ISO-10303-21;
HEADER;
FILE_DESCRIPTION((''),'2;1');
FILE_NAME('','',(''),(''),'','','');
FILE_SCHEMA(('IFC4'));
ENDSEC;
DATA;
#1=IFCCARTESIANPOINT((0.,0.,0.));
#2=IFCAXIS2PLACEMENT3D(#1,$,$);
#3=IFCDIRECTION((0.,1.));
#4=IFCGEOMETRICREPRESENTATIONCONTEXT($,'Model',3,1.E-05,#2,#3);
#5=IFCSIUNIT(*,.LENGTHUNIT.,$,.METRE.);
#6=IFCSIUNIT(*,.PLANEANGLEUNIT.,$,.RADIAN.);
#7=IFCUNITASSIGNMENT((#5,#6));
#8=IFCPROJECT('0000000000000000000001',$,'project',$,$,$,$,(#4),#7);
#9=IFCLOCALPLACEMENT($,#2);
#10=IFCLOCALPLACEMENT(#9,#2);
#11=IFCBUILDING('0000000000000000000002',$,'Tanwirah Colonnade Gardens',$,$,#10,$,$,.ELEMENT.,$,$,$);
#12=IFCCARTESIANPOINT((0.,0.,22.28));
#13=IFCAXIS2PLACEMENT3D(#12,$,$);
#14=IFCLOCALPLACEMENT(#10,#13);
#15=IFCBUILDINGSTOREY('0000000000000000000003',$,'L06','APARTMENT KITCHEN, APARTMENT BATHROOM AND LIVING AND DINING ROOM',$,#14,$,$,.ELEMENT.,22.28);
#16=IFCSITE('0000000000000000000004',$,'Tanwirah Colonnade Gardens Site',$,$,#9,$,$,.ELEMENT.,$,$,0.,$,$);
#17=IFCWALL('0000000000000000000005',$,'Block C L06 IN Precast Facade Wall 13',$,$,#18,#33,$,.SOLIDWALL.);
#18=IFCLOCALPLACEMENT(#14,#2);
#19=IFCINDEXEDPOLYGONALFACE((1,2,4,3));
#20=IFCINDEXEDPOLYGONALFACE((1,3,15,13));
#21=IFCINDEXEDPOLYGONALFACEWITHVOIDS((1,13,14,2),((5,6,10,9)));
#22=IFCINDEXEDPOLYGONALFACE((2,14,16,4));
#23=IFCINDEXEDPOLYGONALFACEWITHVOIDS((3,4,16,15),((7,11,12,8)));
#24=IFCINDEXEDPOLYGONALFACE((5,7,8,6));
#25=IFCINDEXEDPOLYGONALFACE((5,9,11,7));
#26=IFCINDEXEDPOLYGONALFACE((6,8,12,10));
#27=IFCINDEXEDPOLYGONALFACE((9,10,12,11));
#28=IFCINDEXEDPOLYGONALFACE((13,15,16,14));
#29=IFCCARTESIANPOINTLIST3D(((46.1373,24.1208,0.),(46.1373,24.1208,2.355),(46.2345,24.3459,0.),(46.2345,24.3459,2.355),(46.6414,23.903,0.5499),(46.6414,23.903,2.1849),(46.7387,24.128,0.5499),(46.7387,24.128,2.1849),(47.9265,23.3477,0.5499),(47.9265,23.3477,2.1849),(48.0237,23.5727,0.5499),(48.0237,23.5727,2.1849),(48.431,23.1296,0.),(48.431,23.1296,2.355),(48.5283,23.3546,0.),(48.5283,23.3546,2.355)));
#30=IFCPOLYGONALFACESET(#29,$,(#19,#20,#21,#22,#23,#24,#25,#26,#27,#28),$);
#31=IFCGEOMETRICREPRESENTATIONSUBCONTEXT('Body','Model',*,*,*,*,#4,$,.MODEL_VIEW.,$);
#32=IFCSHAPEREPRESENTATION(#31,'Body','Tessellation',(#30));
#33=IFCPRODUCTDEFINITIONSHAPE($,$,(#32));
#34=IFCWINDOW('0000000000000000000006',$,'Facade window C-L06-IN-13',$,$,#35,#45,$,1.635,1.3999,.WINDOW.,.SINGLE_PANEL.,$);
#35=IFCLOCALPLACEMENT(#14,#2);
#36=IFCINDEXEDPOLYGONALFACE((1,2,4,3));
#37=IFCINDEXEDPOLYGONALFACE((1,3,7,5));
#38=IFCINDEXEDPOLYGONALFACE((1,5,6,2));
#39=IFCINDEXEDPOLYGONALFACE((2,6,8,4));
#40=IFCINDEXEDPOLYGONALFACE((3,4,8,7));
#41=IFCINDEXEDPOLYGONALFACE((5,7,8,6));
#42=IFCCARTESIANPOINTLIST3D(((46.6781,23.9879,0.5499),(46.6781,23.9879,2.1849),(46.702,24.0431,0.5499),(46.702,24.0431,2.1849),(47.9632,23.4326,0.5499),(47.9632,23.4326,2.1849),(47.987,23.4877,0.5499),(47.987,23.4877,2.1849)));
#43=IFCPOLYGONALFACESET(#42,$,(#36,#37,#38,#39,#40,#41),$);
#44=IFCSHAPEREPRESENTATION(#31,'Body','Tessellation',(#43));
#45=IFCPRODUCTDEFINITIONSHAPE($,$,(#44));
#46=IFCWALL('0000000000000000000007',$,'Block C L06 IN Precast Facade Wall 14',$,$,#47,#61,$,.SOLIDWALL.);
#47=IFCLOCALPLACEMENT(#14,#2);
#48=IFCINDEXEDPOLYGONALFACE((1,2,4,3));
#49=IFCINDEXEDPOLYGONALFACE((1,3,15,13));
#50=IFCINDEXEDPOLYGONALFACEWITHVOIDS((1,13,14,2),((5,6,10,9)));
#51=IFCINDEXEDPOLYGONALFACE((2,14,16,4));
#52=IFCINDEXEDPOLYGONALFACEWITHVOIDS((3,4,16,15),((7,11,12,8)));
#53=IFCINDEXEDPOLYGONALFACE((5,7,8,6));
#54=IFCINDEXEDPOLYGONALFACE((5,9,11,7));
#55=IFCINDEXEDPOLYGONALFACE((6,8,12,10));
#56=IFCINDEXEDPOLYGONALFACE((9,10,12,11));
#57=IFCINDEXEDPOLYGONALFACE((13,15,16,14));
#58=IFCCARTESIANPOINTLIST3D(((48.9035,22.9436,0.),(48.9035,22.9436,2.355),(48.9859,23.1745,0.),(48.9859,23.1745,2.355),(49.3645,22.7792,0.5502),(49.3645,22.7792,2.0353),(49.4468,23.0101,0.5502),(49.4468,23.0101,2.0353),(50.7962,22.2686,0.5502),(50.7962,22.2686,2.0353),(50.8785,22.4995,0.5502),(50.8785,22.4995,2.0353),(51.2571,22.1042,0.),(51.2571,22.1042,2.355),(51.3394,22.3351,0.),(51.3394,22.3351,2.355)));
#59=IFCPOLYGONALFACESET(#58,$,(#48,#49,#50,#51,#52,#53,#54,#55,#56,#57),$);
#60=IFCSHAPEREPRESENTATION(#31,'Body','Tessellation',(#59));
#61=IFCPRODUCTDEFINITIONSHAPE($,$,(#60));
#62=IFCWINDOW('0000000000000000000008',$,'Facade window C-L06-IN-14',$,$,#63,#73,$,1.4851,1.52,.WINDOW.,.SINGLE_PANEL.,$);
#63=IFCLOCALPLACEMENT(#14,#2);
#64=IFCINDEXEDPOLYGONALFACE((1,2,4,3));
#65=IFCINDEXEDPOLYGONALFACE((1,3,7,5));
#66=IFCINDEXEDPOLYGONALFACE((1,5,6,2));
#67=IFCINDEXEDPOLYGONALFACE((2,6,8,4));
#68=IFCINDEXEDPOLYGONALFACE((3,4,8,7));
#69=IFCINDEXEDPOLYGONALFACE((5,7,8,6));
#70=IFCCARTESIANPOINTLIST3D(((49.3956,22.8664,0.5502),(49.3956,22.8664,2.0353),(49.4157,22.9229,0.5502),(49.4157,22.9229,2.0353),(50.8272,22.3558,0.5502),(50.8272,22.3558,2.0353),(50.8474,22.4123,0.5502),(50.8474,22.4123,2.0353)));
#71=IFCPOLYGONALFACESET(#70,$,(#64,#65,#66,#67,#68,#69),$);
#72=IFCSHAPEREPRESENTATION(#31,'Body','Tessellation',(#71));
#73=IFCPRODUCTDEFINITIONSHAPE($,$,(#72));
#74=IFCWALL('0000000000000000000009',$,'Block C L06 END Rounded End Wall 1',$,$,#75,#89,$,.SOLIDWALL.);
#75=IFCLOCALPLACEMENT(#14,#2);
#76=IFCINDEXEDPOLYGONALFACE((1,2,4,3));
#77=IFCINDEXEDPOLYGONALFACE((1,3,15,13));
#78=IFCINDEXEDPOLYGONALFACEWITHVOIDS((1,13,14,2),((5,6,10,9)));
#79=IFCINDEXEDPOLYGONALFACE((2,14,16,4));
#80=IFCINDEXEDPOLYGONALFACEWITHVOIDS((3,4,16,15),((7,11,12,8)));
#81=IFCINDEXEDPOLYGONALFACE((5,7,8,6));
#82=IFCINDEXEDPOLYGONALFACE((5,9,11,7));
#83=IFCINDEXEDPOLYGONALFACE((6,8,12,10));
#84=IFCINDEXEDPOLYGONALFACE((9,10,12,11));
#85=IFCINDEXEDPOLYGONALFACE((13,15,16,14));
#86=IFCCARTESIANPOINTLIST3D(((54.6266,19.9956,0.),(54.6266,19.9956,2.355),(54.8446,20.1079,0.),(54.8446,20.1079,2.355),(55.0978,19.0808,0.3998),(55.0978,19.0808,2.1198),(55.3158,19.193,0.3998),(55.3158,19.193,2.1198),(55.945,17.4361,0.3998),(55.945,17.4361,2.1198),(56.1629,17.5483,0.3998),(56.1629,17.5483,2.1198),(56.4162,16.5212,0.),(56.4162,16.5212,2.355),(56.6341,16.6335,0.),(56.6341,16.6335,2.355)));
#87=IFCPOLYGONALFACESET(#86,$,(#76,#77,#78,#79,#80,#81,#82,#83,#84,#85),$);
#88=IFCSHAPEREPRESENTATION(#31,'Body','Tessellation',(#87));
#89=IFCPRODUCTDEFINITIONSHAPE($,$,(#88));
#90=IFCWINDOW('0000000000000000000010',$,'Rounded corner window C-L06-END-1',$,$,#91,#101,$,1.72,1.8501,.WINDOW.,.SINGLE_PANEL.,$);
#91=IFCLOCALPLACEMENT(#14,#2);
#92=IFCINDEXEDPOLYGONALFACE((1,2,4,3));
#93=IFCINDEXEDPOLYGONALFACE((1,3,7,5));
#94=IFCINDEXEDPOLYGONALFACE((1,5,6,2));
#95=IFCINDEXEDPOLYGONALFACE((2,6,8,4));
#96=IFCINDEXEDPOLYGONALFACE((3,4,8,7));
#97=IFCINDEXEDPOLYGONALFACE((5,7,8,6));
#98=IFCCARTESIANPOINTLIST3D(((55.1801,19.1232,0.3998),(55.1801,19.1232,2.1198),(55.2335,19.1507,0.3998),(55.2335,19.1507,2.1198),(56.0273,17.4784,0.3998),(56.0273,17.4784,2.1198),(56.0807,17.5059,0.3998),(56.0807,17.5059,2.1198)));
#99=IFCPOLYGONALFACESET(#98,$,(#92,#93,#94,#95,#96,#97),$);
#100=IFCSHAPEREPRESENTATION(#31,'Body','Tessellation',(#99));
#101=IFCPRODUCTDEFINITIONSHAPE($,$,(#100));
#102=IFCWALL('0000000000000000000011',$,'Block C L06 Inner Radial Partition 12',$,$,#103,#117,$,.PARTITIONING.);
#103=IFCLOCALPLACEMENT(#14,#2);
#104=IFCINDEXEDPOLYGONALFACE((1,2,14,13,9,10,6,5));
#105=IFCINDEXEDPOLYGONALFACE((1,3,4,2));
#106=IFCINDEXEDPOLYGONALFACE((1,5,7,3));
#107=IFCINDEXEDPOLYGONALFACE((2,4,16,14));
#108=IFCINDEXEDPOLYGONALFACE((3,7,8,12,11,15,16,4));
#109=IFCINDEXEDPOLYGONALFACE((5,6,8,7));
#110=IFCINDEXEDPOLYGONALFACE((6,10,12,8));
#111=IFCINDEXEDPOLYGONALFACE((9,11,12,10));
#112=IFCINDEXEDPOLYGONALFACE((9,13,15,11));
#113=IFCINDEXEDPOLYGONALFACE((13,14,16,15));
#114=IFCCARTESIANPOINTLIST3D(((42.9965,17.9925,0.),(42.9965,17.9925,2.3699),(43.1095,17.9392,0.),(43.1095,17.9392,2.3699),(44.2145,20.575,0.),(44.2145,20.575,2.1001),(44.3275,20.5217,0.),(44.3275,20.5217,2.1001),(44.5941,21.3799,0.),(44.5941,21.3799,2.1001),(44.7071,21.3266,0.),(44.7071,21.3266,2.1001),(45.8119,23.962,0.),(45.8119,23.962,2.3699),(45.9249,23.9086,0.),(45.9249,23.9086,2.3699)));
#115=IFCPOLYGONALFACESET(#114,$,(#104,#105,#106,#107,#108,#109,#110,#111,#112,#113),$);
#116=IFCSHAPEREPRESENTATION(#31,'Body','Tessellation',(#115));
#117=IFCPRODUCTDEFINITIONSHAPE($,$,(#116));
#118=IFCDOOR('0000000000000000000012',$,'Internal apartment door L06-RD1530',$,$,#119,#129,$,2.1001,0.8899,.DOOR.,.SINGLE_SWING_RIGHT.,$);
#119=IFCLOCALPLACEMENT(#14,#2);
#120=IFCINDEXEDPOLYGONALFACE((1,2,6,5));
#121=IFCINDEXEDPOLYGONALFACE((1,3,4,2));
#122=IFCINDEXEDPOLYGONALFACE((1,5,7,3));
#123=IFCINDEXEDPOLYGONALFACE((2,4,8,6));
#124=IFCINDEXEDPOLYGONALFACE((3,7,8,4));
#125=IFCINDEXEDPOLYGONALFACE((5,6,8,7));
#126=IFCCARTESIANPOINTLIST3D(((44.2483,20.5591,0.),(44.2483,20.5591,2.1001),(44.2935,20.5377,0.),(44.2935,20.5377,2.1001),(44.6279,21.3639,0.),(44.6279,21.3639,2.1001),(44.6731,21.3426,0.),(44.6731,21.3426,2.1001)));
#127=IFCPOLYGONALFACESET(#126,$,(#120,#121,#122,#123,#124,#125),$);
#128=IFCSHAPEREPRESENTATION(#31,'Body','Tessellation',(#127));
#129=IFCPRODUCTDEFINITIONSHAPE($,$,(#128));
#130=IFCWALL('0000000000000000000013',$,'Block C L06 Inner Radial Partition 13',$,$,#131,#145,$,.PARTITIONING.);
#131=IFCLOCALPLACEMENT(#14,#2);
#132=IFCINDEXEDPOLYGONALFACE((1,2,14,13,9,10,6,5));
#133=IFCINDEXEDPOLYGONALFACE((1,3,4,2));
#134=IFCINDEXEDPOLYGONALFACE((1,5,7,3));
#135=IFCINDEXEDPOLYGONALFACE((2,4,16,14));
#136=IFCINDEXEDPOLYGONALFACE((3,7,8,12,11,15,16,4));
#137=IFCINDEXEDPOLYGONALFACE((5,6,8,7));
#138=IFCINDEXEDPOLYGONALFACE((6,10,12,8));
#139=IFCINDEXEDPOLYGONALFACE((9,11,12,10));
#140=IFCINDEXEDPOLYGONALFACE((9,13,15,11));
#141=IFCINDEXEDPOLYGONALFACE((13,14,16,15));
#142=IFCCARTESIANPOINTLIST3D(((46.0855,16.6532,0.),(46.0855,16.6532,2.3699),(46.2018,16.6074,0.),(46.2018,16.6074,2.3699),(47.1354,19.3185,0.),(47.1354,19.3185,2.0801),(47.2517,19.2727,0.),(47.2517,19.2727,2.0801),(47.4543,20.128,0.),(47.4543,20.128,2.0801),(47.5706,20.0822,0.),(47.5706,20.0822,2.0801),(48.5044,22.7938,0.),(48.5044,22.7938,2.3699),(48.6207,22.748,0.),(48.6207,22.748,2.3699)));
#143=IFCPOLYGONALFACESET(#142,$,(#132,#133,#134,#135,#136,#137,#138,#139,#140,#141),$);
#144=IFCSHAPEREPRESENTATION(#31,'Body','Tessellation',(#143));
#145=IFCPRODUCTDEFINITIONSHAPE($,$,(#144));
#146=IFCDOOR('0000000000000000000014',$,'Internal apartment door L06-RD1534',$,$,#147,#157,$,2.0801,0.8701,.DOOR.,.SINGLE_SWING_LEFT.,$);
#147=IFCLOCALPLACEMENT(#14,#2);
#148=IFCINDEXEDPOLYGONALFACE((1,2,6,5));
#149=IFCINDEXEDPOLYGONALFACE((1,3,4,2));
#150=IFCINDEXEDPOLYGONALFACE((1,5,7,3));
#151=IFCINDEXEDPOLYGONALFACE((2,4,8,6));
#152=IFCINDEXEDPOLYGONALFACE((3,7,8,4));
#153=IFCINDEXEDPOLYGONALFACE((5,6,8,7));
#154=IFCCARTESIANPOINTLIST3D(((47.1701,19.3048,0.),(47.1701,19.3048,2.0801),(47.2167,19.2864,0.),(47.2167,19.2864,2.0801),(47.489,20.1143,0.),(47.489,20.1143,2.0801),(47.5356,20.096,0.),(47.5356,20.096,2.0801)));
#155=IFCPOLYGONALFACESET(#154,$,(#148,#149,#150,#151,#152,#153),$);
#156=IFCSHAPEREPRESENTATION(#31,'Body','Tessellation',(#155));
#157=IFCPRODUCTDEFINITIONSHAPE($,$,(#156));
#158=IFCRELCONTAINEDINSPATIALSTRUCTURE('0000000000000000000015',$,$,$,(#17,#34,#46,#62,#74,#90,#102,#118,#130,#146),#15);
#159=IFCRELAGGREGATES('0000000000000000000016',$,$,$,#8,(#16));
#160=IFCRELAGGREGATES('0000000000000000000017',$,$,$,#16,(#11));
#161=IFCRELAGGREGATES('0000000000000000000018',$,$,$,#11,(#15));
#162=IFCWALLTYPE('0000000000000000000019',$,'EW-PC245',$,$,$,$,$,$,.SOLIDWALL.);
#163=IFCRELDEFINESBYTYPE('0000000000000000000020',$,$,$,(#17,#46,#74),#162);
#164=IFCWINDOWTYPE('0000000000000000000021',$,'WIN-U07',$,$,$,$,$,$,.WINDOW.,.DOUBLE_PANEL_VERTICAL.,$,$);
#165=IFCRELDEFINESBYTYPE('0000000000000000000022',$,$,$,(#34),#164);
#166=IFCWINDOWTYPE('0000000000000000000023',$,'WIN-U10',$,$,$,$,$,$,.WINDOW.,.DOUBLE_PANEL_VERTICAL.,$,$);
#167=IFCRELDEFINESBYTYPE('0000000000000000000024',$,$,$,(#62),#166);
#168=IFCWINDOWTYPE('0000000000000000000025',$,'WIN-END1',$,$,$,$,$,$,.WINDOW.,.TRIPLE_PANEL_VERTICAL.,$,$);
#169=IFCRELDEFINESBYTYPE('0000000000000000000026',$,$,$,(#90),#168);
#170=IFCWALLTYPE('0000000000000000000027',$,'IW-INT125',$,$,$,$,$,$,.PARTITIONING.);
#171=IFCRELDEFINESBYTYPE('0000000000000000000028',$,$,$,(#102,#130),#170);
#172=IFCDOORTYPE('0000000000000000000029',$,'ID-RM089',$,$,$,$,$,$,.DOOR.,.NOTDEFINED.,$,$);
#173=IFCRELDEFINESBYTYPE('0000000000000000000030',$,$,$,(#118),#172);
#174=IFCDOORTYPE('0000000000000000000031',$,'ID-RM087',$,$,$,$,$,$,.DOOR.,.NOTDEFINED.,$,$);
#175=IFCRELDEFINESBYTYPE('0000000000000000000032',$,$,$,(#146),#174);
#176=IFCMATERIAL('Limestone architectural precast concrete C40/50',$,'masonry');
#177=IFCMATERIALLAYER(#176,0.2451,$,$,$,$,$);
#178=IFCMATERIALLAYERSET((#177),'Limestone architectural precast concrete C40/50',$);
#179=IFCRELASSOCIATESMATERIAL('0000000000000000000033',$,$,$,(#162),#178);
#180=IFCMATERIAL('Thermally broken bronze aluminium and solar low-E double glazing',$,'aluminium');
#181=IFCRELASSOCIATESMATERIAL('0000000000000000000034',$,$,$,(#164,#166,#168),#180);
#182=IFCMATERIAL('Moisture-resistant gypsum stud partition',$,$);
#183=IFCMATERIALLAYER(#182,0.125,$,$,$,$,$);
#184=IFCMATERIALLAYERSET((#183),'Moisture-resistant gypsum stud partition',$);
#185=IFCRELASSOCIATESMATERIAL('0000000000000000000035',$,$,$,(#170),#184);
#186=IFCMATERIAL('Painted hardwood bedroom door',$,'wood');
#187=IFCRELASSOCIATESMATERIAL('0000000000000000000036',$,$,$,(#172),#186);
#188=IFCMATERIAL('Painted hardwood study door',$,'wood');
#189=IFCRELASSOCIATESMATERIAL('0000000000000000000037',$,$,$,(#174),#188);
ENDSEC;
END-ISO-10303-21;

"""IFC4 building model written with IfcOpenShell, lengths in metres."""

from ifc_helpers import new_model, si_unit, direction, frame, frame_2d, origin, place, context, subcontext, project, spatial, rectangle, extrude, material, layer, layer_set, type_object, element, fill, save


model = new_model("IFC4")

# Units and contexts
model_context = context("Model", 3, precision=1e-05, world=origin(), true_north=direction((0.0, 1.0)))
body_context = subcontext(model_context, "Body", "Model", "MODEL_VIEW")
ifc_project = project(units=[si_unit("LENGTHUNIT", "METRE"), si_unit("PLANEANGLEUNIT", "RADIAN")], contexts=[model_context])

# Site, building, storey
site_placement = place(None, origin())
site = spatial("IfcSite", under=ifc_project, at=site_placement, Name="Tanwirah Colonnade Gardens Site", CompositionType="ELEMENT", RefElevation=0.0)
building_placement = place(site_placement, origin())
building = spatial("IfcBuilding", under=site, at=building_placement, Name="Tanwirah Colonnade Gardens", CompositionType="ELEMENT")
storey_placement = place(building_placement, frame((0.0, 0.0, 22.28)))
storey = spatial("IfcBuildingStorey", under=building, at=storey_placement, Name="L06", Description="APARTMENT KITCHEN, APARTMENT BATHROOM AND LIVING AND DINING ROOM", CompositionType="ELEMENT", Elevation=22.28)

# Walls, openings, windows
ifc_material_1 = material(Name="Limestone architectural precast concrete C40/50", Category="masonry")
ifc_layer_1 = layer(ifc_material_1, 0.2451)
ifc_layer_set_1 = layer_set([ifc_layer_1], Name="Limestone architectural precast concrete C40/50")
wall_type_1 = type_object("IfcWallType", Name="EW-PC245", PredefinedType="SOLIDWALL", material=ifc_layer_set_1)
wall_1_placement = place(storey_placement, frame((46.1858, 24.2334, 0.0), z_axis=(0.0, 0.0, 1.0), x_axis=(0.917953, -0.396689, 0.0)))
wall_1 = element("IfcWall", 1, at=wall_1_placement, inside=storey, type_object=wall_type_1, Name="Block C L06 IN Precast Facade Wall 13", PredefinedType="SOLIDWALL", context=body_context, shape_type="SweptSolid", body=[
    extrude(rectangle(XDim=2.4988, YDim=0.2451, at=frame_2d((1.2495, 0.0))), origin(), (0.0, 0.0, 1.0), 2.355),
])
opening_1_placement = place(wall_1_placement, frame((0.5493, 0.0, 0.55)))
opening_1 = element("IfcOpeningElement", 2, at=opening_1_placement, cuts=wall_1, PredefinedType="OPENING", context=body_context, shape_type="SweptSolid", body=[
    extrude(rectangle(XDim=1.3999, YDim=1.635, at=frame_2d((0.7, 0.8174))), frame((0.0, 0.1326, 0.0), z_axis=(0.0, -1.0, 0.0), x_axis=(1.0, 0.0, 0.0)), (0.0, 0.0, 1.0), 0.2651),
])
ifc_material_2 = material(Name="Thermally broken bronze aluminium and solar low-E double glazing", Category="aluminium")
window_type_1 = type_object("IfcWindowType", Name="WIN-U07", PartitioningType="DOUBLE_PANEL_VERTICAL", PredefinedType="WINDOW", material=ifc_material_2)
window_1_placement = place(opening_1_placement, origin())
window_1 = element("IfcWindow", 3, at=window_1_placement, inside=storey, type_object=window_type_1, Name="Facade window C-L06-IN-13", OverallHeight=1.635, OverallWidth=1.3999, PartitioningType="SINGLE_PANEL", PredefinedType="WINDOW", context=body_context, shape_type="SweptSolid", body=[
    extrude(rectangle(XDim=1.3999, YDim=1.635, at=frame_2d((0.7, 0.8174))), frame((0.0, 0.03, 0.0), z_axis=(0.0, -1.0, 0.0), x_axis=(1.0, 0.0, 0.0)), (0.0, 0.0, 1.0), 0.0601),
])
fill(opening_1, window_1)
wall_2_placement = place(storey_placement, frame((48.9446, 23.0591, 0.0), z_axis=(0.0, 0.0, 1.0), x_axis=(0.941892, -0.335915, 0.0)))
wall_2 = element("IfcWall", 4, at=wall_2_placement, inside=storey, type_object=wall_type_1, Name="Block C L06 IN Precast Facade Wall 14", PredefinedType="SOLIDWALL", context=body_context, shape_type="SweptSolid", body=[
    extrude(rectangle(XDim=2.4988, YDim=0.2451, at=frame_2d((1.2495, 0.0))), origin(), (0.0, 0.0, 1.0), 2.355),
])
opening_2_placement = place(wall_2_placement, frame((0.4895, 0.0, 0.55)))
opening_2 = element("IfcOpeningElement", 5, at=opening_2_placement, cuts=wall_2, PredefinedType="OPENING", context=body_context, shape_type="SweptSolid", body=[
    extrude(rectangle(XDim=1.52, YDim=1.4851, at=frame_2d((0.76, 0.7427))), frame((0.0, 0.1326, 0.0), z_axis=(0.0, -1.0, 0.0), x_axis=(1.0, 0.0, 0.0)), (0.0, 0.0, 1.0), 0.2651),
])
window_type_2 = type_object("IfcWindowType", Name="WIN-U10", PartitioningType="DOUBLE_PANEL_VERTICAL", PredefinedType="WINDOW", material=ifc_material_2)
window_2_placement = place(opening_2_placement, origin())
window_2 = element("IfcWindow", 6, at=window_2_placement, inside=storey, type_object=window_type_2, Name="Facade window C-L06-IN-14", OverallHeight=1.4851, OverallWidth=1.52, PartitioningType="SINGLE_PANEL", PredefinedType="WINDOW", context=body_context, shape_type="SweptSolid", body=[
    extrude(rectangle(XDim=1.52, YDim=1.4851, at=frame_2d((0.76, 0.7427))), frame((0.0, 0.03, 0.0), z_axis=(0.0, -1.0, 0.0), x_axis=(1.0, 0.0, 0.0)), (0.0, 0.0, 1.0), 0.0601),
])
fill(opening_2, window_2)
wall_3_placement = place(storey_placement, frame((54.7356, 20.0518, 0.0), z_axis=(0.0, 0.0, 1.0), x_axis=(0.457901, -0.889003, 0.0)))
wall_3 = element("IfcWall", 7, at=wall_3_placement, inside=storey, type_object=wall_type_1, Name="Block C L06 END Rounded End Wall 1", PredefinedType="SOLIDWALL", context=body_context, shape_type="SweptSolid", body=[
    extrude(rectangle(XDim=3.9082, YDim=0.2451, at=frame_2d((1.9541, 0.0))), origin(), (0.0, 0.0, 1.0), 2.355),
])
opening_3_placement = place(wall_3_placement, frame((1.0291, 0.0, 0.3999)))
opening_3 = element("IfcOpeningElement", 8, at=opening_3_placement, cuts=wall_3, PredefinedType="OPENING", context=body_context, shape_type="SweptSolid", body=[
    extrude(rectangle(XDim=1.8501, YDim=1.72, at=frame_2d((0.925, 0.8599))), frame((0.0, 0.1326, 0.0), z_axis=(0.0, -1.0, 0.0), x_axis=(1.0, 0.0, 0.0)), (0.0, 0.0, 1.0), 0.2651),
])
window_type_3 = type_object("IfcWindowType", Name="WIN-END1", PartitioningType="TRIPLE_PANEL_VERTICAL", PredefinedType="WINDOW", material=ifc_material_2)
window_3_placement = place(opening_3_placement, origin())
window_3 = element("IfcWindow", 9, at=window_3_placement, inside=storey, type_object=window_type_3, Name="Rounded corner window C-L06-END-1", OverallHeight=1.72, OverallWidth=1.8501, PartitioningType="SINGLE_PANEL", PredefinedType="WINDOW", context=body_context, shape_type="SweptSolid", body=[
    extrude(rectangle(XDim=1.8501, YDim=1.72, at=frame_2d((0.925, 0.8599))), frame((0.0, 0.03, 0.0), z_axis=(0.0, -1.0, 0.0), x_axis=(1.0, 0.0, 0.0)), (0.0, 0.0, 1.0), 0.0601),
])
fill(opening_3, window_3)

# Walls, openings, doors
ifc_material_3 = material(Name="Moisture-resistant gypsum stud partition")
ifc_layer_2 = layer(ifc_material_3, 0.125)
ifc_layer_set_2 = layer_set([ifc_layer_2], Name="Moisture-resistant gypsum stud partition")
wall_type_2 = type_object("IfcWallType", Name="IW-INT125", PredefinedType="PARTITIONING", material=ifc_layer_set_2)
wall_4_placement = place(storey_placement, frame((45.8684, 23.9353, 0.0), z_axis=(0.0, 0.0, 1.0), x_axis=(-0.426574, -0.904453, 0.0)))
wall_4 = element("IfcWall", 10, at=wall_4_placement, inside=storey, type_object=wall_type_2, Name="Block C L06 Inner Radial Partition 12", PredefinedType="PARTITIONING", context=body_context, shape_type="SweptSolid", body=[
    extrude(rectangle(XDim=6.6001, YDim=0.125, at=frame_2d((3.3, 0.0))), origin(), (0.0, 0.0, 1.0), 2.3699),
])
opening_4_placement = place(wall_4_placement, frame((2.855, 0.0, 0.0)))
opening_4 = element("IfcOpeningElement", 11, at=opening_4_placement, cuts=wall_4, PredefinedType="OPENING", context=body_context, shape_type="SweptSolid", body=[
    extrude(rectangle(XDim=0.8899, YDim=2.1001, at=frame_2d((0.4448, 1.05))), frame((0.0, 0.0725, 0.0), z_axis=(0.0, -1.0, 0.0), x_axis=(1.0, 0.0, 0.0)), (0.0, 0.0, 1.0), 0.145),
])
ifc_material_4 = material(Name="Painted hardwood bedroom door", Category="wood")
door_type_1 = type_object("IfcDoorType", Name="ID-RM089", OperationType="NOTDEFINED", PredefinedType="DOOR", material=ifc_material_4)
door_1_placement = place(opening_4_placement, origin())
door_1 = element("IfcDoor", 12, at=door_1_placement, inside=storey, type_object=door_type_1, Name="Internal apartment door L06-RD1530", OperationType="SINGLE_SWING_RIGHT", OverallHeight=2.1001, OverallWidth=0.8899, PredefinedType="DOOR", context=body_context, shape_type="SweptSolid", body=[
    extrude(rectangle(XDim=0.8899, YDim=2.1001, at=frame_2d((0.4448, 1.05))), frame((0.0, 0.0249, 0.0), z_axis=(0.0, -1.0, 0.0), x_axis=(1.0, 0.0, 0.0)), (0.0, 0.0, 1.0), 0.05),
])
fill(opening_4, door_1)
wall_5_placement = place(storey_placement, frame((48.5625, 22.7708, 0.0), z_axis=(0.0, 0.0, 1.0), x_axis=(-0.366513, -0.930413, 0.0)))
wall_5 = element("IfcWall", 13, at=wall_5_placement, inside=storey, type_object=wall_type_2, Name="Block C L06 Inner Radial Partition 13", PredefinedType="PARTITIONING", context=body_context, shape_type="SweptSolid", body=[
    extrude(rectangle(XDim=6.5999, YDim=0.125, at=frame_2d((3.2998, 0.0))), origin(), (0.0, 0.0, 1.0), 2.3699),
])
opening_5_placement = place(wall_5_placement, frame((2.865, 0.0, 0.0)))
opening_5 = element("IfcOpeningElement", 14, at=opening_5_placement, cuts=wall_5, PredefinedType="OPENING", context=body_context, shape_type="SweptSolid", body=[
    extrude(rectangle(XDim=0.8701, YDim=2.0801, at=frame_2d((0.4351, 1.04))), frame((0.0, 0.0725, 0.0), z_axis=(0.0, -1.0, 0.0), x_axis=(1.0, 0.0, 0.0)), (0.0, 0.0, 1.0), 0.145),
])
ifc_material_5 = material(Name="Painted hardwood study door", Category="wood")
door_type_2 = type_object("IfcDoorType", Name="ID-RM087", OperationType="NOTDEFINED", PredefinedType="DOOR", material=ifc_material_5)
door_2_placement = place(opening_5_placement, origin())
door_2 = element("IfcDoor", 15, at=door_2_placement, inside=storey, type_object=door_type_2, Name="Internal apartment door L06-RD1534", OperationType="SINGLE_SWING_LEFT", OverallHeight=2.0801, OverallWidth=0.8701, PredefinedType="DOOR", context=body_context, shape_type="SweptSolid", body=[
    extrude(rectangle(XDim=0.8701, YDim=2.0801, at=frame_2d((0.4351, 1.04))), frame((0.0, 0.0249, 0.0), z_axis=(0.0, -1.0, 0.0), x_axis=(1.0, 0.0, 0.0)), (0.0, 0.0, 1.0), 0.05),
])
fill(opening_5, door_2)

save(model, "model.ifc")
